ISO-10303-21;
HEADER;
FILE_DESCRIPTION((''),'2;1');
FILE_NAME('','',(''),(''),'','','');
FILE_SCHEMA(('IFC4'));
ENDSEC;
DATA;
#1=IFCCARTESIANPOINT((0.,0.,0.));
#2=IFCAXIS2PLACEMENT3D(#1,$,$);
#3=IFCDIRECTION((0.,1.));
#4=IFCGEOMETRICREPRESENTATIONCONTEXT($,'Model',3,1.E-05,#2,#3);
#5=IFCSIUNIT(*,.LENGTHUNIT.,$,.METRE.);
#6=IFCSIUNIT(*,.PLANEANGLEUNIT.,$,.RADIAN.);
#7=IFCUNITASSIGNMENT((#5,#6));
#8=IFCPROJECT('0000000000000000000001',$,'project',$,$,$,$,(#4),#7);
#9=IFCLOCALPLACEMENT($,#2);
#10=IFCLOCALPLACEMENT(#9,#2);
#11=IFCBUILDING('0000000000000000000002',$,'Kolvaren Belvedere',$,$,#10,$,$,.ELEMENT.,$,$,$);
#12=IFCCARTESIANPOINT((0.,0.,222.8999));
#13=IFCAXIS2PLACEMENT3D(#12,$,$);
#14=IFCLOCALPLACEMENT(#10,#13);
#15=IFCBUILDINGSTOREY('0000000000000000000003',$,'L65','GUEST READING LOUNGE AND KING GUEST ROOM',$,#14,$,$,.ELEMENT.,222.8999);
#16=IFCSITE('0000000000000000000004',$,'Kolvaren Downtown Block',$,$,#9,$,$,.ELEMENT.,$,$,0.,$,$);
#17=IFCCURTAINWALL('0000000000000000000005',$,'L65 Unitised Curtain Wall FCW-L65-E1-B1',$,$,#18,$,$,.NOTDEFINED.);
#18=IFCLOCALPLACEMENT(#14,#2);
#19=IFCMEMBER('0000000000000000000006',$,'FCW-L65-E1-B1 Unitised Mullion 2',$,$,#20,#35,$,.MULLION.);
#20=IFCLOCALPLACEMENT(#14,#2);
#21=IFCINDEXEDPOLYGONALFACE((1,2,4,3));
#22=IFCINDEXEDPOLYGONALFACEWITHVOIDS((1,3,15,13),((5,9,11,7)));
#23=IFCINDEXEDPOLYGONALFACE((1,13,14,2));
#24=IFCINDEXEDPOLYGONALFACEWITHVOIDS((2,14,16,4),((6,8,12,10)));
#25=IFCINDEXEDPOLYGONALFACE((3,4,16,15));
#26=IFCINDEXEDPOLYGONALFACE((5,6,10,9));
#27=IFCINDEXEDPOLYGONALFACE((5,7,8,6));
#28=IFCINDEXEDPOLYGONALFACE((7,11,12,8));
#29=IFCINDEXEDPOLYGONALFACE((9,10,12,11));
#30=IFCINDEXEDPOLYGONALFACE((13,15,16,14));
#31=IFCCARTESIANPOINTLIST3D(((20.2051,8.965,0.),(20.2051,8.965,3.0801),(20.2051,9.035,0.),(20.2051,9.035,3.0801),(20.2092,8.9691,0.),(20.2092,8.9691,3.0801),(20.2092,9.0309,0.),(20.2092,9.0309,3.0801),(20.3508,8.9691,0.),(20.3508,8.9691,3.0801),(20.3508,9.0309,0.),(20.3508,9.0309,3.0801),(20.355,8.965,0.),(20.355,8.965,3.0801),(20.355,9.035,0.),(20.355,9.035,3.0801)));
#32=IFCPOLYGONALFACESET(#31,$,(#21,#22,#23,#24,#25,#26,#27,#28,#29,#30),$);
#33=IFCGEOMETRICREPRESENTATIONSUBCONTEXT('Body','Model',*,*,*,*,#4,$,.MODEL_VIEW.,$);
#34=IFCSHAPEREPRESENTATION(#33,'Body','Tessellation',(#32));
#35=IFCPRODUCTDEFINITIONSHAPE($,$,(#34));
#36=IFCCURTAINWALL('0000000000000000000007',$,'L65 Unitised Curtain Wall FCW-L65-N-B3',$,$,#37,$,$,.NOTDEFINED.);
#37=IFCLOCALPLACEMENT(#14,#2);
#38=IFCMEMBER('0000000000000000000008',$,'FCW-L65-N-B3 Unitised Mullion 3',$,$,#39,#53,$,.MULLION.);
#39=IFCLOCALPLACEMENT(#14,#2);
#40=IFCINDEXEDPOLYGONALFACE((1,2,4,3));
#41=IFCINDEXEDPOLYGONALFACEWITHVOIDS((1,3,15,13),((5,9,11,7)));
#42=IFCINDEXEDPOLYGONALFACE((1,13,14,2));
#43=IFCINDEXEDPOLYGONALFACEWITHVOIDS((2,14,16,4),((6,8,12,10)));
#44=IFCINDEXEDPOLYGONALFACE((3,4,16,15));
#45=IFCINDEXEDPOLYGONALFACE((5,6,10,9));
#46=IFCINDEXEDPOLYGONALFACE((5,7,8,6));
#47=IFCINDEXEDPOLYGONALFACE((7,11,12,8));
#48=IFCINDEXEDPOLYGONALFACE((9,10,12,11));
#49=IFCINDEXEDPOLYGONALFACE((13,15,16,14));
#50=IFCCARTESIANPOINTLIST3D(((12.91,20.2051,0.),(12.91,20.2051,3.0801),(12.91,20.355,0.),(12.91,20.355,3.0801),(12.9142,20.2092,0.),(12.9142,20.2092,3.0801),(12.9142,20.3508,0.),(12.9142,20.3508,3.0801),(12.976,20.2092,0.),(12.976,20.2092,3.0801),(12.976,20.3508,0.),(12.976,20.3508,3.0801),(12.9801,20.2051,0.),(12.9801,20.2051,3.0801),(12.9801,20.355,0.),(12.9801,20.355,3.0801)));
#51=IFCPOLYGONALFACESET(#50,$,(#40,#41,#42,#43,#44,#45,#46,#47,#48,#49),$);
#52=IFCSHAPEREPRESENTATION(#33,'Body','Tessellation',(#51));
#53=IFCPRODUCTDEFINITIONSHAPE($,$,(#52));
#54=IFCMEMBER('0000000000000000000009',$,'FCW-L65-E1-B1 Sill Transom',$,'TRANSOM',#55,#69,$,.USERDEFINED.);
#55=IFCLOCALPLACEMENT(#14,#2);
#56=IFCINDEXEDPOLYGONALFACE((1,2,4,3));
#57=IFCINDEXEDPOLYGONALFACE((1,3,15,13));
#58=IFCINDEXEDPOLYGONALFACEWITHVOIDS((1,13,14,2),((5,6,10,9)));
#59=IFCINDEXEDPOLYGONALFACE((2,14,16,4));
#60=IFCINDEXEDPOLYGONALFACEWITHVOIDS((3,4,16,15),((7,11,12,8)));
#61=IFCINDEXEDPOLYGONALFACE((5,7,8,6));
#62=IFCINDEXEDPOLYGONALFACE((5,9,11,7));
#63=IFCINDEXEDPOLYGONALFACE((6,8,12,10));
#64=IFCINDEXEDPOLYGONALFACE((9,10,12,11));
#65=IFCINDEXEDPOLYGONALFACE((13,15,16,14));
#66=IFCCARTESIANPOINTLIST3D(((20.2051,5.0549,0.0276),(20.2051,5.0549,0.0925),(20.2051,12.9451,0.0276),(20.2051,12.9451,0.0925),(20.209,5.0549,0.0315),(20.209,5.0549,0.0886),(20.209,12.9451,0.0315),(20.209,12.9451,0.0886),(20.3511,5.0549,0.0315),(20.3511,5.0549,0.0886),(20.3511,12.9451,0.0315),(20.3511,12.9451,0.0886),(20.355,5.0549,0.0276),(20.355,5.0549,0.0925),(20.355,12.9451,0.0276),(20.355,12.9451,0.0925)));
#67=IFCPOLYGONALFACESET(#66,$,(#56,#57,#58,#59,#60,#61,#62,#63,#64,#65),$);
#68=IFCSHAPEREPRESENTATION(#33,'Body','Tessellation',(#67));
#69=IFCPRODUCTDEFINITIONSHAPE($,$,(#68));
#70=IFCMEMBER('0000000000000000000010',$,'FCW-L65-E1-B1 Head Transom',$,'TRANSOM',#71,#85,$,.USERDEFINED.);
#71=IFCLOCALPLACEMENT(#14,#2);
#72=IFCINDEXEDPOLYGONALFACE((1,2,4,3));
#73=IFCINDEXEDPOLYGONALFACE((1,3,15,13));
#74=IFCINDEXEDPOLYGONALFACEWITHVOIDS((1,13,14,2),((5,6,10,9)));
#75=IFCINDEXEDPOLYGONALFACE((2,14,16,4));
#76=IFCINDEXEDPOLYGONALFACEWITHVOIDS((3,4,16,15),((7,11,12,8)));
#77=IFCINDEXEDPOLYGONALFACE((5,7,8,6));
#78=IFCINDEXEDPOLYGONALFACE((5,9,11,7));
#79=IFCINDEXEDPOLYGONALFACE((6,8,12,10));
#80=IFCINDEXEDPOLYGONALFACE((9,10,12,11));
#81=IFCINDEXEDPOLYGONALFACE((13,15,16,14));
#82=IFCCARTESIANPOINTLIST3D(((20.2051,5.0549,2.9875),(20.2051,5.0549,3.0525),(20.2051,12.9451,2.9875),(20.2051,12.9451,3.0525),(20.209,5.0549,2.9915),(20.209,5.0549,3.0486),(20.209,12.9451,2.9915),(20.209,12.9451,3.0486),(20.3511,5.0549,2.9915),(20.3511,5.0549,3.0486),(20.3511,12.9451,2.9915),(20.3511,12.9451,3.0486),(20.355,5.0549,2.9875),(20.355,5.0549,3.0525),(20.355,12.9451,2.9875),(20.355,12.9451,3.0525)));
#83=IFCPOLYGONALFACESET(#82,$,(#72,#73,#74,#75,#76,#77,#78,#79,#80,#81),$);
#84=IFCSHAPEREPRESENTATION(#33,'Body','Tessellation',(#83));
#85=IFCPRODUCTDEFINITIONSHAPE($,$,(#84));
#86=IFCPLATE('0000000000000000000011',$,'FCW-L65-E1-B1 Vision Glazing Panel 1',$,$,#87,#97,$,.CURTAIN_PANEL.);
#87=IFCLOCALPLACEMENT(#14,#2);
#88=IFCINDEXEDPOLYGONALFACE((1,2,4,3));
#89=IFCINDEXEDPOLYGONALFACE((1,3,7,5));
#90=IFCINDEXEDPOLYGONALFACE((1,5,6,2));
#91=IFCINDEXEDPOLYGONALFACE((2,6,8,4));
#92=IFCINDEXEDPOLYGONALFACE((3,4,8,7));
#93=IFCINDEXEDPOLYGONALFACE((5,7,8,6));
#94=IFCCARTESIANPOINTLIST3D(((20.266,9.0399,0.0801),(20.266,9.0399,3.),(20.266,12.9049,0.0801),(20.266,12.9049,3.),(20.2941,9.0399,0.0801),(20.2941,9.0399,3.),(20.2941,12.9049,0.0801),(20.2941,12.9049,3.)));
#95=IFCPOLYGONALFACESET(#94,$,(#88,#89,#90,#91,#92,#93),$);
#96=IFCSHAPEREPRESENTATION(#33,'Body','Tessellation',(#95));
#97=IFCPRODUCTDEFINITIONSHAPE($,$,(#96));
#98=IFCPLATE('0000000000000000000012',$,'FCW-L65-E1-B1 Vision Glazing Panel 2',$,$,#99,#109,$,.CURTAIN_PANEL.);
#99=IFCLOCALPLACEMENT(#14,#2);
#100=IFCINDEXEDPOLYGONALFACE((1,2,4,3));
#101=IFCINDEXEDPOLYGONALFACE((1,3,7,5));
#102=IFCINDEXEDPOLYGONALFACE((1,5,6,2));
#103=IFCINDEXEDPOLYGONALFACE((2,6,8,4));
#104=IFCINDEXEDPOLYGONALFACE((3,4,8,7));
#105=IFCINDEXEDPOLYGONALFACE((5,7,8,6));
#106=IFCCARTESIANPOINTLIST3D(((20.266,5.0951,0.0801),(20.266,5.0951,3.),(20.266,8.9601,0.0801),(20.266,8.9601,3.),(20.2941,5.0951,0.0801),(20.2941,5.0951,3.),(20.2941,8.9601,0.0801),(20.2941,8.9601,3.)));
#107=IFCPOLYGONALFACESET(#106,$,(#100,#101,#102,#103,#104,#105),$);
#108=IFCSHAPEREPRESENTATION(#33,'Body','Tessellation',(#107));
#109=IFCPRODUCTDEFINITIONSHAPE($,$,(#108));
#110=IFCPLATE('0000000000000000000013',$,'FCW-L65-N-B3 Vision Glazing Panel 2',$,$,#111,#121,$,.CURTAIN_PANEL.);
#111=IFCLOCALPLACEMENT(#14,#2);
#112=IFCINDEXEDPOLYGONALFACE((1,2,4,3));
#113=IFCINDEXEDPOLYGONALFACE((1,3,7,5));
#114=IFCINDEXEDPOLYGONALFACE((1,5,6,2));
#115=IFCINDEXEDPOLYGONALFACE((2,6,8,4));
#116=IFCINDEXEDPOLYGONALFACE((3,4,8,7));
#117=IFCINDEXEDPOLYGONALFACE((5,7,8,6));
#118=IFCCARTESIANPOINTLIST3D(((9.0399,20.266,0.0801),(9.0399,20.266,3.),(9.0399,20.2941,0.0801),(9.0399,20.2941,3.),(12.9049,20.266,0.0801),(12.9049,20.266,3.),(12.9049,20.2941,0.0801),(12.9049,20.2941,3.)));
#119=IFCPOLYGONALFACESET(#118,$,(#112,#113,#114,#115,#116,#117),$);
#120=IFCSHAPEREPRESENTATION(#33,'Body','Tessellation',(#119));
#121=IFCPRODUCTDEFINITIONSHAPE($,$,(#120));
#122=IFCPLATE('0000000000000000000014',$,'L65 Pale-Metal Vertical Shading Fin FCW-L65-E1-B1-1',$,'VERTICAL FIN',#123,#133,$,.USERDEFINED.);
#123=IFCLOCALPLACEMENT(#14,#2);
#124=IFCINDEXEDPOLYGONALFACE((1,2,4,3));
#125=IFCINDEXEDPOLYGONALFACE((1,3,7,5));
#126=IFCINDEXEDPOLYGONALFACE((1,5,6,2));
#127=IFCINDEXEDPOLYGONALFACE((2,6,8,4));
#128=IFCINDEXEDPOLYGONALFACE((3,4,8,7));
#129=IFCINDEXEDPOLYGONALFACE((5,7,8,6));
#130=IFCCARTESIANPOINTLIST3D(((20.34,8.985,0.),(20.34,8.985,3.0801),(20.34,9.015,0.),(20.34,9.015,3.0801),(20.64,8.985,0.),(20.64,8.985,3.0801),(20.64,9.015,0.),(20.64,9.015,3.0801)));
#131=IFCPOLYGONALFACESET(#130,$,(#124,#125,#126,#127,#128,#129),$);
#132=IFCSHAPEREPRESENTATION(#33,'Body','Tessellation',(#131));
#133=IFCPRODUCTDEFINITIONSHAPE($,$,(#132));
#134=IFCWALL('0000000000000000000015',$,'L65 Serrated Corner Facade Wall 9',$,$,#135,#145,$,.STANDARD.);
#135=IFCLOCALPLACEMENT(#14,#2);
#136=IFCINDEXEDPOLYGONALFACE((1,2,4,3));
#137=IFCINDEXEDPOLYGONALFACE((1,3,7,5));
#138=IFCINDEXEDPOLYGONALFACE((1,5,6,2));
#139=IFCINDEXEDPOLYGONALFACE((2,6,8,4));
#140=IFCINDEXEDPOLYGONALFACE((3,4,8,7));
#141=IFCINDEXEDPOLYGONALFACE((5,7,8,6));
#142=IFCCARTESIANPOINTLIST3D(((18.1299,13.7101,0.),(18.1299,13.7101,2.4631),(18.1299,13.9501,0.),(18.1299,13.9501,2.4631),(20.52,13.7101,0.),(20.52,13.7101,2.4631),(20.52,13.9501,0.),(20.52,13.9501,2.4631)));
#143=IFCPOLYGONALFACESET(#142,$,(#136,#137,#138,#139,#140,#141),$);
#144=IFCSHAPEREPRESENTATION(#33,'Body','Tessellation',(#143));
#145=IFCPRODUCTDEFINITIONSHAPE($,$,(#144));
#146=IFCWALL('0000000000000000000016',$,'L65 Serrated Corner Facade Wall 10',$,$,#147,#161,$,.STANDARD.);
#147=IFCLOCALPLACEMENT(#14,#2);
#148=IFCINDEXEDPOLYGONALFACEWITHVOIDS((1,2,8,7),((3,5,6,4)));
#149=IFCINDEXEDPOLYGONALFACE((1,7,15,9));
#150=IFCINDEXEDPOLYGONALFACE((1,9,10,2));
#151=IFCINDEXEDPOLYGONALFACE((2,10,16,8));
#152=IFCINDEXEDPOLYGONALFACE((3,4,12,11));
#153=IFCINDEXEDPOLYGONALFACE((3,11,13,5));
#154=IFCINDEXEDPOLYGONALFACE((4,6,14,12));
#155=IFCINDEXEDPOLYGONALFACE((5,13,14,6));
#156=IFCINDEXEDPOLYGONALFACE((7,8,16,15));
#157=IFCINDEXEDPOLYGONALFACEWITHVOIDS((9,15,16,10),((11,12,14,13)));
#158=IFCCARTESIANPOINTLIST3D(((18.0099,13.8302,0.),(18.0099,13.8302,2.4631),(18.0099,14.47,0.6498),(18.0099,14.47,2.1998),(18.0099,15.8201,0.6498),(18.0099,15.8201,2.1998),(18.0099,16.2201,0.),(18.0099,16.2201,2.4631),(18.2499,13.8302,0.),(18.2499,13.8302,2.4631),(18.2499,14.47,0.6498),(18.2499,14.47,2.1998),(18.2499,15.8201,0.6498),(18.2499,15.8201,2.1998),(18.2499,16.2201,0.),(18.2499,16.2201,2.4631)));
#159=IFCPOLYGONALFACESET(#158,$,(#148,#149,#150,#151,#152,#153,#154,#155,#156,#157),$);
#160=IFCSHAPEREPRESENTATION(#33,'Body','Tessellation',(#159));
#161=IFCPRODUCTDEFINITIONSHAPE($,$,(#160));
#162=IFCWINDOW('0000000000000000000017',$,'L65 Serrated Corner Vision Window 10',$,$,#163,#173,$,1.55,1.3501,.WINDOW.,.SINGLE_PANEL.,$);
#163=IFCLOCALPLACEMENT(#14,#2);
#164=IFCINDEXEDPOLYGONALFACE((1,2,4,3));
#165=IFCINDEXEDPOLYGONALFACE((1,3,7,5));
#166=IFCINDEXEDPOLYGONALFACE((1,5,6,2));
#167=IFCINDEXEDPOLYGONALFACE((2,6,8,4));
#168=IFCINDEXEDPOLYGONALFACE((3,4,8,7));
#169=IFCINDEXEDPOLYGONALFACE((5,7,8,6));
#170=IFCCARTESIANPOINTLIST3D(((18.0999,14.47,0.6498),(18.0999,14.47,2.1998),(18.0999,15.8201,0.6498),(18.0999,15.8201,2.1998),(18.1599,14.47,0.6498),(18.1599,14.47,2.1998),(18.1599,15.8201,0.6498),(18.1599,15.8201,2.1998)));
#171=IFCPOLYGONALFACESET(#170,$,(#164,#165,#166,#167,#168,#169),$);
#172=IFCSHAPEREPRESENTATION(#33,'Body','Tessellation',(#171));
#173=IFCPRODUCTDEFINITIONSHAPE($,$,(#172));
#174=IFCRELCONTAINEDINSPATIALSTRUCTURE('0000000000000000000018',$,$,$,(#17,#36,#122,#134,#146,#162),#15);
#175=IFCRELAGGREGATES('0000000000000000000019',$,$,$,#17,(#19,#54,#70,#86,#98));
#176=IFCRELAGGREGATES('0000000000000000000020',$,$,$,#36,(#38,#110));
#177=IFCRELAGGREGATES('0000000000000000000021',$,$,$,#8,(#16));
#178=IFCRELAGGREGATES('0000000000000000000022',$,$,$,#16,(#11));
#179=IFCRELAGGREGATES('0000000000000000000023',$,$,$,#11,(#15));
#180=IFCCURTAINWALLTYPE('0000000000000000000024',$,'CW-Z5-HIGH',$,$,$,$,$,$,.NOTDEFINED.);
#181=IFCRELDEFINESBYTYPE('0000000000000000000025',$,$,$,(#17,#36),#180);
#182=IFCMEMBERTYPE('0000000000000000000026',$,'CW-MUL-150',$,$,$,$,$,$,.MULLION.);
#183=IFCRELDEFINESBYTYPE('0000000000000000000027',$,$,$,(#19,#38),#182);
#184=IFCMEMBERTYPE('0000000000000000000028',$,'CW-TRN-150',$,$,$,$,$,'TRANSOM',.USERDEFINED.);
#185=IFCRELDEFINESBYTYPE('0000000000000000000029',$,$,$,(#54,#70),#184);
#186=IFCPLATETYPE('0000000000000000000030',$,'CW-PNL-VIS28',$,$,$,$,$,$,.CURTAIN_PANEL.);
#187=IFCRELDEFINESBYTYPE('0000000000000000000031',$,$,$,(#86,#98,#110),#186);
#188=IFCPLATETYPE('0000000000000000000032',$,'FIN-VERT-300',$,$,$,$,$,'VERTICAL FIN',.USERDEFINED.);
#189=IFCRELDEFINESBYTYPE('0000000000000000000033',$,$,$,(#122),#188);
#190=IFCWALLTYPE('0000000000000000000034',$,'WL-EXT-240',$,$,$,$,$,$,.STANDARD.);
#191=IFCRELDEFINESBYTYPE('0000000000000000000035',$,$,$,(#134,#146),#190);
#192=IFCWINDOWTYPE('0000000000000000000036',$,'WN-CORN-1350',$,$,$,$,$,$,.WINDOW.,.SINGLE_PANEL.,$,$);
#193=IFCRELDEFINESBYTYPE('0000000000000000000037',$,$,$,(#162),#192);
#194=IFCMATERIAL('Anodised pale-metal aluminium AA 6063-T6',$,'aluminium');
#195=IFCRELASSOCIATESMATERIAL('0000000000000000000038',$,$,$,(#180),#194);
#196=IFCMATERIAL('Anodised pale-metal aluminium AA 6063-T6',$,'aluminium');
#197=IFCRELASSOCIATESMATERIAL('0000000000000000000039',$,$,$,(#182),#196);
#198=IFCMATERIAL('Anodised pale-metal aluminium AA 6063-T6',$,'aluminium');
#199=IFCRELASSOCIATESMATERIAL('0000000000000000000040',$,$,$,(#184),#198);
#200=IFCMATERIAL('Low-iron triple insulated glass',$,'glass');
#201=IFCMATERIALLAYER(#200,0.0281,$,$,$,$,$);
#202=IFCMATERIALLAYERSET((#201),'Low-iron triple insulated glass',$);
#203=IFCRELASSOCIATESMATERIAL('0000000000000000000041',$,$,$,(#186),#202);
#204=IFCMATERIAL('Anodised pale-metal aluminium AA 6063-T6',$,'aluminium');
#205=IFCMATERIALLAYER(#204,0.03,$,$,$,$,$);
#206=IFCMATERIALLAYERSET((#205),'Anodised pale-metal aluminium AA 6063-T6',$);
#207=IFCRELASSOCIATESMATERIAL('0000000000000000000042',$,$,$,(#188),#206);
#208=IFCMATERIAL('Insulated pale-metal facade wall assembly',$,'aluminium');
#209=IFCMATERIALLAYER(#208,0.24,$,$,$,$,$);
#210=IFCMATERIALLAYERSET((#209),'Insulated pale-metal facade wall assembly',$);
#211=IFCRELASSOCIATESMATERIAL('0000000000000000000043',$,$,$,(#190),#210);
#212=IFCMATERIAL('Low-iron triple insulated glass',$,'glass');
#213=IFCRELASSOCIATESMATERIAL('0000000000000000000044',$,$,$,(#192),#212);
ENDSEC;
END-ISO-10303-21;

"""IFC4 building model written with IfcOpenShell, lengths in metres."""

from ifc_helpers import new_model, si_unit, direction, frame, frame_2d, origin, origin_2d, place, context, subcontext, project, spatial, rectangle, hollow_rectangle, extrude, material, layer, layer_set, material_profile, profile_set, type_object, element, fill, aggregate, save


model = new_model("IFC4")

# Units and contexts
model_context = context("Model", 3, precision=1e-05, world=origin(), true_north=direction((0.0, 1.0)))
body_context = subcontext(model_context, "Body", "Model", "MODEL_VIEW")
ifc_project = project(units=[si_unit("LENGTHUNIT", "METRE"), si_unit("PLANEANGLEUNIT", "RADIAN")], contexts=[model_context])

# Site, building, storey
site_placement = place(None, origin())
site = spatial("IfcSite", under=ifc_project, at=site_placement, Name="Kolvaren Downtown Block", CompositionType="ELEMENT", RefElevation=0.0)
building_placement = place(site_placement, origin())
building = spatial("IfcBuilding", under=site, at=building_placement, Name="Kolvaren Belvedere", CompositionType="ELEMENT")
storey_placement = place(building_placement, frame((0.0, 0.0, 222.8999)))
storey = spatial("IfcBuildingStorey", under=building, at=storey_placement, Name="L65", Description="GUEST READING LOUNGE AND KING GUEST ROOM", CompositionType="ELEMENT", Elevation=222.8999)

# Curtain wall, member
ifc_material_1 = material(Name="Anodised pale-metal aluminium AA 6063-T6", Category="aluminium")
curtain_wall_type = type_object("IfcCurtainWallType", Name="CW-Z5-HIGH", PredefinedType="NOTDEFINED", material=ifc_material_1)
curtain_wall_1_placement = place(storey_placement, origin())
curtain_wall_1 = element("IfcCurtainWall", 1, at=curtain_wall_1_placement, inside=storey, type_object=curtain_wall_type, Name="L65 Unitised Curtain Wall FCW-L65-E1-B1", PredefinedType="NOTDEFINED")
ifc_material_2 = material(Name="Anodised pale-metal aluminium AA 6063-T6", Category="aluminium")
ifc_material_profile_1 = material_profile(ifc_material_2, hollow_rectangle(XDim=0.0701, YDim=0.1499, WallThickness=0.0042, at=origin_2d()), Name="ALU-MUL-150X70")
ifc_profile_set_1 = profile_set([ifc_material_profile_1], Name="Anodised pale-metal aluminium AA 6063-T6")
member_type_1 = type_object("IfcMemberType", Name="CW-MUL-150", PredefinedType="MULLION", material=ifc_profile_set_1)
member_1_placement = place(storey_placement, frame((20.28, 9.0, 0.0), z_axis=(0.0, 0.0, 1.0), x_axis=(0.0, 1.0, 0.0)))
member_1 = element("IfcMember", 2, at=member_1_placement, type_object=member_type_1, Name="FCW-L65-E1-B1 Unitised Mullion 2", PredefinedType="MULLION", context=body_context, shape_type="SweptSolid", body=[
    extrude(hollow_rectangle(XDim=0.0701, YDim=0.1499, WallThickness=0.0042, at=origin_2d()), origin(), (0.0, 0.0, 1.0), 3.0801),
])

# Curtain wall, member
curtain_wall_2_placement = place(storey_placement, origin())
curtain_wall_2 = element("IfcCurtainWall", 3, at=curtain_wall_2_placement, inside=storey, type_object=curtain_wall_type, Name="L65 Unitised Curtain Wall FCW-L65-N-B3", PredefinedType="NOTDEFINED")
member_2_placement = place(storey_placement, frame((12.9451, 20.28, 0.0), z_axis=(0.0, 0.0, 1.0), x_axis=(1.0, 0.0, 0.0)))
member_2 = element("IfcMember", 4, at=member_2_placement, type_object=member_type_1, Name="FCW-L65-N-B3 Unitised Mullion 3", PredefinedType="MULLION", context=body_context, shape_type="SweptSolid", body=[
    extrude(hollow_rectangle(XDim=0.0701, YDim=0.1499, WallThickness=0.0042, at=origin_2d()), origin(), (0.0, 0.0, 1.0), 3.0801),
])

# Members
ifc_material_3 = material(Name="Anodised pale-metal aluminium AA 6063-T6", Category="aluminium")
ifc_material_profile_2 = material_profile(ifc_material_3, hollow_rectangle(XDim=0.0649, YDim=0.1499, WallThickness=0.0039, at=origin_2d()), Name="ALU-TRN-150X65")
ifc_profile_set_2 = profile_set([ifc_material_profile_2], Name="Anodised pale-metal aluminium AA 6063-T6")
member_type_2 = type_object("IfcMemberType", Name="CW-TRN-150", ElementType="TRANSOM", PredefinedType="USERDEFINED", material=ifc_profile_set_2)
member_3_placement = place(storey_placement, frame((20.28, 12.9451, 0.0601), z_axis=(0.0, -1.0, 0.0), x_axis=(0.0, 0.0, 1.0)))
member_3 = element("IfcMember", 5, at=member_3_placement, type_object=member_type_2, Name="FCW-L65-E1-B1 Sill Transom", ObjectType="TRANSOM", PredefinedType="USERDEFINED", context=body_context, shape_type="SweptSolid", body=[
    extrude(hollow_rectangle(XDim=0.0649, YDim=0.1499, WallThickness=0.0039, at=origin_2d()), origin(), (0.0, 0.0, 1.0), 7.8901),
])
member_4_placement = place(storey_placement, frame((20.28, 12.9451, 3.02), z_axis=(0.0, -1.0, 0.0), x_axis=(0.0, 0.0, 1.0)))
member_4 = element("IfcMember", 6, at=member_4_placement, type_object=member_type_2, Name="FCW-L65-E1-B1 Head Transom", ObjectType="TRANSOM", PredefinedType="USERDEFINED", context=body_context, shape_type="SweptSolid", body=[
    extrude(hollow_rectangle(XDim=0.0649, YDim=0.1499, WallThickness=0.0039, at=origin_2d()), origin(), (0.0, 0.0, 1.0), 7.8901),
])

# Plates
ifc_material_4 = material(Name="Low-iron triple insulated glass", Category="glass")
ifc_layer_1 = layer(ifc_material_4, 0.0281)
ifc_layer_set_1 = layer_set([ifc_layer_1], Name="Low-iron triple insulated glass")
plate_type_1 = type_object("IfcPlateType", Name="CW-PNL-VIS28", PredefinedType="CURTAIN_PANEL", material=ifc_layer_set_1)
plate_1_placement = place(storey_placement, frame((20.28, 10.9724, 0.0801), z_axis=(0.0, 0.0, 1.0), x_axis=(0.0, -1.0, 0.0)))
plate_1 = element("IfcPlate", 7, at=plate_1_placement, type_object=plate_type_1, Name="FCW-L65-E1-B1 Vision Glazing Panel 1", PredefinedType="CURTAIN_PANEL", context=body_context, shape_type="SweptSolid", body=[
    extrude(rectangle(XDim=3.865, YDim=0.0281, at=origin_2d()), origin(), (0.0, 0.0, 1.0), 2.9199),
])
plate_2_placement = place(storey_placement, frame((20.28, 7.0276, 0.0801), z_axis=(0.0, 0.0, 1.0), x_axis=(0.0, -1.0, 0.0)))
plate_2 = element("IfcPlate", 8, at=plate_2_placement, type_object=plate_type_1, Name="FCW-L65-E1-B1 Vision Glazing Panel 2", PredefinedType="CURTAIN_PANEL", context=body_context, shape_type="SweptSolid", body=[
    extrude(rectangle(XDim=3.865, YDim=0.0281, at=origin_2d()), origin(), (0.0, 0.0, 1.0), 2.9199),
])
aggregate(curtain_wall_1, [member_1, member_3, member_4, plate_1, plate_2])
plate_3_placement = place(storey_placement, frame((10.9724, 20.28, 0.0801), z_axis=(0.0, 0.0, 1.0), x_axis=(1.0, 0.0, 0.0)))
plate_3 = element("IfcPlate", 9, at=plate_3_placement, type_object=plate_type_1, Name="FCW-L65-N-B3 Vision Glazing Panel 2", PredefinedType="CURTAIN_PANEL", context=body_context, shape_type="SweptSolid", body=[
    extrude(rectangle(XDim=3.865, YDim=0.0281, at=origin_2d()), origin(), (0.0, 0.0, 1.0), 2.9199),
])
aggregate(curtain_wall_2, [member_2, plate_3])
ifc_material_5 = material(Name="Anodised pale-metal aluminium AA 6063-T6", Category="aluminium")
ifc_layer_2 = layer(ifc_material_5, 0.03)
ifc_layer_set_2 = layer_set([ifc_layer_2], Name="Anodised pale-metal aluminium AA 6063-T6")
plate_type_2 = type_object("IfcPlateType", Name="FIN-VERT-300", ElementType="VERTICAL FIN", PredefinedType="USERDEFINED", material=ifc_layer_set_2)
plate_4_placement = place(storey_placement, frame((20.49, 9.0, 0.0), z_axis=(0.0, 0.0, 1.0), x_axis=(1.0, 0.0, 0.0)))
element("IfcPlate", 10, at=plate_4_placement, inside=storey, type_object=plate_type_2, Name="L65 Pale-Metal Vertical Shading Fin FCW-L65-E1-B1-1", ObjectType="VERTICAL FIN", PredefinedType="USERDEFINED", context=body_context, shape_type="SweptSolid", body=[
    extrude(rectangle(XDim=0.3, YDim=0.03, at=origin_2d()), origin(), (0.0, 0.0, 1.0), 3.0801),
])

# Wall
ifc_material_6 = material(Name="Insulated pale-metal facade wall assembly", Category="aluminium")
ifc_layer_3 = layer(ifc_material_6, 0.24)
ifc_layer_set_3 = layer_set([ifc_layer_3], Name="Insulated pale-metal facade wall assembly")
wall_type_1 = type_object("IfcWallType", Name="WL-EXT-240", PredefinedType="STANDARD", material=ifc_layer_set_3)
wall_1_placement = place(storey_placement, frame((18.1299, 13.8301, 0.0), z_axis=(0.0, 0.0, 1.0), x_axis=(1.0, 0.0, 0.0)))
element("IfcWall", 11, at=wall_1_placement, inside=storey, type_object=wall_type_1, Name="L65 Serrated Corner Facade Wall 9", PredefinedType="STANDARD", context=body_context, shape_type="SweptSolid", body=[
    extrude(rectangle(XDim=2.3901, YDim=0.24, at=frame_2d((1.1951, 0.0))), origin(), (0.0, 0.0, 1.0), 2.4631),
])

# Wall, opening, window
wall_2_placement = place(storey_placement, frame((18.1299, 16.22, 0.0), z_axis=(0.0, 0.0, 1.0), x_axis=(0.0, -1.0, 0.0)))
wall_2 = element("IfcWall", 12, at=wall_2_placement, inside=storey, type_object=wall_type_1, Name="L65 Serrated Corner Facade Wall 10", PredefinedType="STANDARD", context=body_context, shape_type="SweptSolid", body=[
    extrude(rectangle(XDim=2.3899, YDim=0.24, at=frame_2d((1.1948, 0.0))), origin(), (0.0, 0.0, 1.0), 2.4631),
])
opening_1_placement = place(wall_2_placement, frame((0.3999, 0.0, 0.6499)))
opening_1 = element("IfcOpeningElement", 13, at=opening_1_placement, cuts=wall_2, PredefinedType="OPENING", context=body_context, shape_type="SweptSolid", body=[
    extrude(rectangle(XDim=1.3501, YDim=1.55, at=frame_2d((0.675, 0.7749))), frame((0.0, 0.1299, 0.0), z_axis=(0.0, -1.0, 0.0), x_axis=(1.0, 0.0, 0.0)), (0.0, 0.0, 1.0), 0.26),
])
ifc_material_7 = material(Name="Low-iron triple insulated glass", Category="glass")
window_type_1 = type_object("IfcWindowType", Name="WN-CORN-1350", PartitioningType="SINGLE_PANEL", PredefinedType="WINDOW", material=ifc_material_7)
window_1_placement = place(opening_1_placement, origin())
window_1 = element("IfcWindow", 14, at=window_1_placement, inside=storey, type_object=window_type_1, Name="L65 Serrated Corner Vision Window 10", OverallHeight=1.55, OverallWidth=1.3501, PartitioningType="SINGLE_PANEL", PredefinedType="WINDOW", context=body_context, shape_type="SweptSolid", body=[
    extrude(rectangle(XDim=1.3501, YDim=1.55, at=frame_2d((0.675, 0.7749))), frame((0.0, 0.03, 0.0), z_axis=(0.0, -1.0, 0.0), x_axis=(1.0, 0.0, 0.0)), (0.0, 0.0, 1.0), 0.0601),
])
fill(opening_1, window_1)

save(model, "model.ifc")
